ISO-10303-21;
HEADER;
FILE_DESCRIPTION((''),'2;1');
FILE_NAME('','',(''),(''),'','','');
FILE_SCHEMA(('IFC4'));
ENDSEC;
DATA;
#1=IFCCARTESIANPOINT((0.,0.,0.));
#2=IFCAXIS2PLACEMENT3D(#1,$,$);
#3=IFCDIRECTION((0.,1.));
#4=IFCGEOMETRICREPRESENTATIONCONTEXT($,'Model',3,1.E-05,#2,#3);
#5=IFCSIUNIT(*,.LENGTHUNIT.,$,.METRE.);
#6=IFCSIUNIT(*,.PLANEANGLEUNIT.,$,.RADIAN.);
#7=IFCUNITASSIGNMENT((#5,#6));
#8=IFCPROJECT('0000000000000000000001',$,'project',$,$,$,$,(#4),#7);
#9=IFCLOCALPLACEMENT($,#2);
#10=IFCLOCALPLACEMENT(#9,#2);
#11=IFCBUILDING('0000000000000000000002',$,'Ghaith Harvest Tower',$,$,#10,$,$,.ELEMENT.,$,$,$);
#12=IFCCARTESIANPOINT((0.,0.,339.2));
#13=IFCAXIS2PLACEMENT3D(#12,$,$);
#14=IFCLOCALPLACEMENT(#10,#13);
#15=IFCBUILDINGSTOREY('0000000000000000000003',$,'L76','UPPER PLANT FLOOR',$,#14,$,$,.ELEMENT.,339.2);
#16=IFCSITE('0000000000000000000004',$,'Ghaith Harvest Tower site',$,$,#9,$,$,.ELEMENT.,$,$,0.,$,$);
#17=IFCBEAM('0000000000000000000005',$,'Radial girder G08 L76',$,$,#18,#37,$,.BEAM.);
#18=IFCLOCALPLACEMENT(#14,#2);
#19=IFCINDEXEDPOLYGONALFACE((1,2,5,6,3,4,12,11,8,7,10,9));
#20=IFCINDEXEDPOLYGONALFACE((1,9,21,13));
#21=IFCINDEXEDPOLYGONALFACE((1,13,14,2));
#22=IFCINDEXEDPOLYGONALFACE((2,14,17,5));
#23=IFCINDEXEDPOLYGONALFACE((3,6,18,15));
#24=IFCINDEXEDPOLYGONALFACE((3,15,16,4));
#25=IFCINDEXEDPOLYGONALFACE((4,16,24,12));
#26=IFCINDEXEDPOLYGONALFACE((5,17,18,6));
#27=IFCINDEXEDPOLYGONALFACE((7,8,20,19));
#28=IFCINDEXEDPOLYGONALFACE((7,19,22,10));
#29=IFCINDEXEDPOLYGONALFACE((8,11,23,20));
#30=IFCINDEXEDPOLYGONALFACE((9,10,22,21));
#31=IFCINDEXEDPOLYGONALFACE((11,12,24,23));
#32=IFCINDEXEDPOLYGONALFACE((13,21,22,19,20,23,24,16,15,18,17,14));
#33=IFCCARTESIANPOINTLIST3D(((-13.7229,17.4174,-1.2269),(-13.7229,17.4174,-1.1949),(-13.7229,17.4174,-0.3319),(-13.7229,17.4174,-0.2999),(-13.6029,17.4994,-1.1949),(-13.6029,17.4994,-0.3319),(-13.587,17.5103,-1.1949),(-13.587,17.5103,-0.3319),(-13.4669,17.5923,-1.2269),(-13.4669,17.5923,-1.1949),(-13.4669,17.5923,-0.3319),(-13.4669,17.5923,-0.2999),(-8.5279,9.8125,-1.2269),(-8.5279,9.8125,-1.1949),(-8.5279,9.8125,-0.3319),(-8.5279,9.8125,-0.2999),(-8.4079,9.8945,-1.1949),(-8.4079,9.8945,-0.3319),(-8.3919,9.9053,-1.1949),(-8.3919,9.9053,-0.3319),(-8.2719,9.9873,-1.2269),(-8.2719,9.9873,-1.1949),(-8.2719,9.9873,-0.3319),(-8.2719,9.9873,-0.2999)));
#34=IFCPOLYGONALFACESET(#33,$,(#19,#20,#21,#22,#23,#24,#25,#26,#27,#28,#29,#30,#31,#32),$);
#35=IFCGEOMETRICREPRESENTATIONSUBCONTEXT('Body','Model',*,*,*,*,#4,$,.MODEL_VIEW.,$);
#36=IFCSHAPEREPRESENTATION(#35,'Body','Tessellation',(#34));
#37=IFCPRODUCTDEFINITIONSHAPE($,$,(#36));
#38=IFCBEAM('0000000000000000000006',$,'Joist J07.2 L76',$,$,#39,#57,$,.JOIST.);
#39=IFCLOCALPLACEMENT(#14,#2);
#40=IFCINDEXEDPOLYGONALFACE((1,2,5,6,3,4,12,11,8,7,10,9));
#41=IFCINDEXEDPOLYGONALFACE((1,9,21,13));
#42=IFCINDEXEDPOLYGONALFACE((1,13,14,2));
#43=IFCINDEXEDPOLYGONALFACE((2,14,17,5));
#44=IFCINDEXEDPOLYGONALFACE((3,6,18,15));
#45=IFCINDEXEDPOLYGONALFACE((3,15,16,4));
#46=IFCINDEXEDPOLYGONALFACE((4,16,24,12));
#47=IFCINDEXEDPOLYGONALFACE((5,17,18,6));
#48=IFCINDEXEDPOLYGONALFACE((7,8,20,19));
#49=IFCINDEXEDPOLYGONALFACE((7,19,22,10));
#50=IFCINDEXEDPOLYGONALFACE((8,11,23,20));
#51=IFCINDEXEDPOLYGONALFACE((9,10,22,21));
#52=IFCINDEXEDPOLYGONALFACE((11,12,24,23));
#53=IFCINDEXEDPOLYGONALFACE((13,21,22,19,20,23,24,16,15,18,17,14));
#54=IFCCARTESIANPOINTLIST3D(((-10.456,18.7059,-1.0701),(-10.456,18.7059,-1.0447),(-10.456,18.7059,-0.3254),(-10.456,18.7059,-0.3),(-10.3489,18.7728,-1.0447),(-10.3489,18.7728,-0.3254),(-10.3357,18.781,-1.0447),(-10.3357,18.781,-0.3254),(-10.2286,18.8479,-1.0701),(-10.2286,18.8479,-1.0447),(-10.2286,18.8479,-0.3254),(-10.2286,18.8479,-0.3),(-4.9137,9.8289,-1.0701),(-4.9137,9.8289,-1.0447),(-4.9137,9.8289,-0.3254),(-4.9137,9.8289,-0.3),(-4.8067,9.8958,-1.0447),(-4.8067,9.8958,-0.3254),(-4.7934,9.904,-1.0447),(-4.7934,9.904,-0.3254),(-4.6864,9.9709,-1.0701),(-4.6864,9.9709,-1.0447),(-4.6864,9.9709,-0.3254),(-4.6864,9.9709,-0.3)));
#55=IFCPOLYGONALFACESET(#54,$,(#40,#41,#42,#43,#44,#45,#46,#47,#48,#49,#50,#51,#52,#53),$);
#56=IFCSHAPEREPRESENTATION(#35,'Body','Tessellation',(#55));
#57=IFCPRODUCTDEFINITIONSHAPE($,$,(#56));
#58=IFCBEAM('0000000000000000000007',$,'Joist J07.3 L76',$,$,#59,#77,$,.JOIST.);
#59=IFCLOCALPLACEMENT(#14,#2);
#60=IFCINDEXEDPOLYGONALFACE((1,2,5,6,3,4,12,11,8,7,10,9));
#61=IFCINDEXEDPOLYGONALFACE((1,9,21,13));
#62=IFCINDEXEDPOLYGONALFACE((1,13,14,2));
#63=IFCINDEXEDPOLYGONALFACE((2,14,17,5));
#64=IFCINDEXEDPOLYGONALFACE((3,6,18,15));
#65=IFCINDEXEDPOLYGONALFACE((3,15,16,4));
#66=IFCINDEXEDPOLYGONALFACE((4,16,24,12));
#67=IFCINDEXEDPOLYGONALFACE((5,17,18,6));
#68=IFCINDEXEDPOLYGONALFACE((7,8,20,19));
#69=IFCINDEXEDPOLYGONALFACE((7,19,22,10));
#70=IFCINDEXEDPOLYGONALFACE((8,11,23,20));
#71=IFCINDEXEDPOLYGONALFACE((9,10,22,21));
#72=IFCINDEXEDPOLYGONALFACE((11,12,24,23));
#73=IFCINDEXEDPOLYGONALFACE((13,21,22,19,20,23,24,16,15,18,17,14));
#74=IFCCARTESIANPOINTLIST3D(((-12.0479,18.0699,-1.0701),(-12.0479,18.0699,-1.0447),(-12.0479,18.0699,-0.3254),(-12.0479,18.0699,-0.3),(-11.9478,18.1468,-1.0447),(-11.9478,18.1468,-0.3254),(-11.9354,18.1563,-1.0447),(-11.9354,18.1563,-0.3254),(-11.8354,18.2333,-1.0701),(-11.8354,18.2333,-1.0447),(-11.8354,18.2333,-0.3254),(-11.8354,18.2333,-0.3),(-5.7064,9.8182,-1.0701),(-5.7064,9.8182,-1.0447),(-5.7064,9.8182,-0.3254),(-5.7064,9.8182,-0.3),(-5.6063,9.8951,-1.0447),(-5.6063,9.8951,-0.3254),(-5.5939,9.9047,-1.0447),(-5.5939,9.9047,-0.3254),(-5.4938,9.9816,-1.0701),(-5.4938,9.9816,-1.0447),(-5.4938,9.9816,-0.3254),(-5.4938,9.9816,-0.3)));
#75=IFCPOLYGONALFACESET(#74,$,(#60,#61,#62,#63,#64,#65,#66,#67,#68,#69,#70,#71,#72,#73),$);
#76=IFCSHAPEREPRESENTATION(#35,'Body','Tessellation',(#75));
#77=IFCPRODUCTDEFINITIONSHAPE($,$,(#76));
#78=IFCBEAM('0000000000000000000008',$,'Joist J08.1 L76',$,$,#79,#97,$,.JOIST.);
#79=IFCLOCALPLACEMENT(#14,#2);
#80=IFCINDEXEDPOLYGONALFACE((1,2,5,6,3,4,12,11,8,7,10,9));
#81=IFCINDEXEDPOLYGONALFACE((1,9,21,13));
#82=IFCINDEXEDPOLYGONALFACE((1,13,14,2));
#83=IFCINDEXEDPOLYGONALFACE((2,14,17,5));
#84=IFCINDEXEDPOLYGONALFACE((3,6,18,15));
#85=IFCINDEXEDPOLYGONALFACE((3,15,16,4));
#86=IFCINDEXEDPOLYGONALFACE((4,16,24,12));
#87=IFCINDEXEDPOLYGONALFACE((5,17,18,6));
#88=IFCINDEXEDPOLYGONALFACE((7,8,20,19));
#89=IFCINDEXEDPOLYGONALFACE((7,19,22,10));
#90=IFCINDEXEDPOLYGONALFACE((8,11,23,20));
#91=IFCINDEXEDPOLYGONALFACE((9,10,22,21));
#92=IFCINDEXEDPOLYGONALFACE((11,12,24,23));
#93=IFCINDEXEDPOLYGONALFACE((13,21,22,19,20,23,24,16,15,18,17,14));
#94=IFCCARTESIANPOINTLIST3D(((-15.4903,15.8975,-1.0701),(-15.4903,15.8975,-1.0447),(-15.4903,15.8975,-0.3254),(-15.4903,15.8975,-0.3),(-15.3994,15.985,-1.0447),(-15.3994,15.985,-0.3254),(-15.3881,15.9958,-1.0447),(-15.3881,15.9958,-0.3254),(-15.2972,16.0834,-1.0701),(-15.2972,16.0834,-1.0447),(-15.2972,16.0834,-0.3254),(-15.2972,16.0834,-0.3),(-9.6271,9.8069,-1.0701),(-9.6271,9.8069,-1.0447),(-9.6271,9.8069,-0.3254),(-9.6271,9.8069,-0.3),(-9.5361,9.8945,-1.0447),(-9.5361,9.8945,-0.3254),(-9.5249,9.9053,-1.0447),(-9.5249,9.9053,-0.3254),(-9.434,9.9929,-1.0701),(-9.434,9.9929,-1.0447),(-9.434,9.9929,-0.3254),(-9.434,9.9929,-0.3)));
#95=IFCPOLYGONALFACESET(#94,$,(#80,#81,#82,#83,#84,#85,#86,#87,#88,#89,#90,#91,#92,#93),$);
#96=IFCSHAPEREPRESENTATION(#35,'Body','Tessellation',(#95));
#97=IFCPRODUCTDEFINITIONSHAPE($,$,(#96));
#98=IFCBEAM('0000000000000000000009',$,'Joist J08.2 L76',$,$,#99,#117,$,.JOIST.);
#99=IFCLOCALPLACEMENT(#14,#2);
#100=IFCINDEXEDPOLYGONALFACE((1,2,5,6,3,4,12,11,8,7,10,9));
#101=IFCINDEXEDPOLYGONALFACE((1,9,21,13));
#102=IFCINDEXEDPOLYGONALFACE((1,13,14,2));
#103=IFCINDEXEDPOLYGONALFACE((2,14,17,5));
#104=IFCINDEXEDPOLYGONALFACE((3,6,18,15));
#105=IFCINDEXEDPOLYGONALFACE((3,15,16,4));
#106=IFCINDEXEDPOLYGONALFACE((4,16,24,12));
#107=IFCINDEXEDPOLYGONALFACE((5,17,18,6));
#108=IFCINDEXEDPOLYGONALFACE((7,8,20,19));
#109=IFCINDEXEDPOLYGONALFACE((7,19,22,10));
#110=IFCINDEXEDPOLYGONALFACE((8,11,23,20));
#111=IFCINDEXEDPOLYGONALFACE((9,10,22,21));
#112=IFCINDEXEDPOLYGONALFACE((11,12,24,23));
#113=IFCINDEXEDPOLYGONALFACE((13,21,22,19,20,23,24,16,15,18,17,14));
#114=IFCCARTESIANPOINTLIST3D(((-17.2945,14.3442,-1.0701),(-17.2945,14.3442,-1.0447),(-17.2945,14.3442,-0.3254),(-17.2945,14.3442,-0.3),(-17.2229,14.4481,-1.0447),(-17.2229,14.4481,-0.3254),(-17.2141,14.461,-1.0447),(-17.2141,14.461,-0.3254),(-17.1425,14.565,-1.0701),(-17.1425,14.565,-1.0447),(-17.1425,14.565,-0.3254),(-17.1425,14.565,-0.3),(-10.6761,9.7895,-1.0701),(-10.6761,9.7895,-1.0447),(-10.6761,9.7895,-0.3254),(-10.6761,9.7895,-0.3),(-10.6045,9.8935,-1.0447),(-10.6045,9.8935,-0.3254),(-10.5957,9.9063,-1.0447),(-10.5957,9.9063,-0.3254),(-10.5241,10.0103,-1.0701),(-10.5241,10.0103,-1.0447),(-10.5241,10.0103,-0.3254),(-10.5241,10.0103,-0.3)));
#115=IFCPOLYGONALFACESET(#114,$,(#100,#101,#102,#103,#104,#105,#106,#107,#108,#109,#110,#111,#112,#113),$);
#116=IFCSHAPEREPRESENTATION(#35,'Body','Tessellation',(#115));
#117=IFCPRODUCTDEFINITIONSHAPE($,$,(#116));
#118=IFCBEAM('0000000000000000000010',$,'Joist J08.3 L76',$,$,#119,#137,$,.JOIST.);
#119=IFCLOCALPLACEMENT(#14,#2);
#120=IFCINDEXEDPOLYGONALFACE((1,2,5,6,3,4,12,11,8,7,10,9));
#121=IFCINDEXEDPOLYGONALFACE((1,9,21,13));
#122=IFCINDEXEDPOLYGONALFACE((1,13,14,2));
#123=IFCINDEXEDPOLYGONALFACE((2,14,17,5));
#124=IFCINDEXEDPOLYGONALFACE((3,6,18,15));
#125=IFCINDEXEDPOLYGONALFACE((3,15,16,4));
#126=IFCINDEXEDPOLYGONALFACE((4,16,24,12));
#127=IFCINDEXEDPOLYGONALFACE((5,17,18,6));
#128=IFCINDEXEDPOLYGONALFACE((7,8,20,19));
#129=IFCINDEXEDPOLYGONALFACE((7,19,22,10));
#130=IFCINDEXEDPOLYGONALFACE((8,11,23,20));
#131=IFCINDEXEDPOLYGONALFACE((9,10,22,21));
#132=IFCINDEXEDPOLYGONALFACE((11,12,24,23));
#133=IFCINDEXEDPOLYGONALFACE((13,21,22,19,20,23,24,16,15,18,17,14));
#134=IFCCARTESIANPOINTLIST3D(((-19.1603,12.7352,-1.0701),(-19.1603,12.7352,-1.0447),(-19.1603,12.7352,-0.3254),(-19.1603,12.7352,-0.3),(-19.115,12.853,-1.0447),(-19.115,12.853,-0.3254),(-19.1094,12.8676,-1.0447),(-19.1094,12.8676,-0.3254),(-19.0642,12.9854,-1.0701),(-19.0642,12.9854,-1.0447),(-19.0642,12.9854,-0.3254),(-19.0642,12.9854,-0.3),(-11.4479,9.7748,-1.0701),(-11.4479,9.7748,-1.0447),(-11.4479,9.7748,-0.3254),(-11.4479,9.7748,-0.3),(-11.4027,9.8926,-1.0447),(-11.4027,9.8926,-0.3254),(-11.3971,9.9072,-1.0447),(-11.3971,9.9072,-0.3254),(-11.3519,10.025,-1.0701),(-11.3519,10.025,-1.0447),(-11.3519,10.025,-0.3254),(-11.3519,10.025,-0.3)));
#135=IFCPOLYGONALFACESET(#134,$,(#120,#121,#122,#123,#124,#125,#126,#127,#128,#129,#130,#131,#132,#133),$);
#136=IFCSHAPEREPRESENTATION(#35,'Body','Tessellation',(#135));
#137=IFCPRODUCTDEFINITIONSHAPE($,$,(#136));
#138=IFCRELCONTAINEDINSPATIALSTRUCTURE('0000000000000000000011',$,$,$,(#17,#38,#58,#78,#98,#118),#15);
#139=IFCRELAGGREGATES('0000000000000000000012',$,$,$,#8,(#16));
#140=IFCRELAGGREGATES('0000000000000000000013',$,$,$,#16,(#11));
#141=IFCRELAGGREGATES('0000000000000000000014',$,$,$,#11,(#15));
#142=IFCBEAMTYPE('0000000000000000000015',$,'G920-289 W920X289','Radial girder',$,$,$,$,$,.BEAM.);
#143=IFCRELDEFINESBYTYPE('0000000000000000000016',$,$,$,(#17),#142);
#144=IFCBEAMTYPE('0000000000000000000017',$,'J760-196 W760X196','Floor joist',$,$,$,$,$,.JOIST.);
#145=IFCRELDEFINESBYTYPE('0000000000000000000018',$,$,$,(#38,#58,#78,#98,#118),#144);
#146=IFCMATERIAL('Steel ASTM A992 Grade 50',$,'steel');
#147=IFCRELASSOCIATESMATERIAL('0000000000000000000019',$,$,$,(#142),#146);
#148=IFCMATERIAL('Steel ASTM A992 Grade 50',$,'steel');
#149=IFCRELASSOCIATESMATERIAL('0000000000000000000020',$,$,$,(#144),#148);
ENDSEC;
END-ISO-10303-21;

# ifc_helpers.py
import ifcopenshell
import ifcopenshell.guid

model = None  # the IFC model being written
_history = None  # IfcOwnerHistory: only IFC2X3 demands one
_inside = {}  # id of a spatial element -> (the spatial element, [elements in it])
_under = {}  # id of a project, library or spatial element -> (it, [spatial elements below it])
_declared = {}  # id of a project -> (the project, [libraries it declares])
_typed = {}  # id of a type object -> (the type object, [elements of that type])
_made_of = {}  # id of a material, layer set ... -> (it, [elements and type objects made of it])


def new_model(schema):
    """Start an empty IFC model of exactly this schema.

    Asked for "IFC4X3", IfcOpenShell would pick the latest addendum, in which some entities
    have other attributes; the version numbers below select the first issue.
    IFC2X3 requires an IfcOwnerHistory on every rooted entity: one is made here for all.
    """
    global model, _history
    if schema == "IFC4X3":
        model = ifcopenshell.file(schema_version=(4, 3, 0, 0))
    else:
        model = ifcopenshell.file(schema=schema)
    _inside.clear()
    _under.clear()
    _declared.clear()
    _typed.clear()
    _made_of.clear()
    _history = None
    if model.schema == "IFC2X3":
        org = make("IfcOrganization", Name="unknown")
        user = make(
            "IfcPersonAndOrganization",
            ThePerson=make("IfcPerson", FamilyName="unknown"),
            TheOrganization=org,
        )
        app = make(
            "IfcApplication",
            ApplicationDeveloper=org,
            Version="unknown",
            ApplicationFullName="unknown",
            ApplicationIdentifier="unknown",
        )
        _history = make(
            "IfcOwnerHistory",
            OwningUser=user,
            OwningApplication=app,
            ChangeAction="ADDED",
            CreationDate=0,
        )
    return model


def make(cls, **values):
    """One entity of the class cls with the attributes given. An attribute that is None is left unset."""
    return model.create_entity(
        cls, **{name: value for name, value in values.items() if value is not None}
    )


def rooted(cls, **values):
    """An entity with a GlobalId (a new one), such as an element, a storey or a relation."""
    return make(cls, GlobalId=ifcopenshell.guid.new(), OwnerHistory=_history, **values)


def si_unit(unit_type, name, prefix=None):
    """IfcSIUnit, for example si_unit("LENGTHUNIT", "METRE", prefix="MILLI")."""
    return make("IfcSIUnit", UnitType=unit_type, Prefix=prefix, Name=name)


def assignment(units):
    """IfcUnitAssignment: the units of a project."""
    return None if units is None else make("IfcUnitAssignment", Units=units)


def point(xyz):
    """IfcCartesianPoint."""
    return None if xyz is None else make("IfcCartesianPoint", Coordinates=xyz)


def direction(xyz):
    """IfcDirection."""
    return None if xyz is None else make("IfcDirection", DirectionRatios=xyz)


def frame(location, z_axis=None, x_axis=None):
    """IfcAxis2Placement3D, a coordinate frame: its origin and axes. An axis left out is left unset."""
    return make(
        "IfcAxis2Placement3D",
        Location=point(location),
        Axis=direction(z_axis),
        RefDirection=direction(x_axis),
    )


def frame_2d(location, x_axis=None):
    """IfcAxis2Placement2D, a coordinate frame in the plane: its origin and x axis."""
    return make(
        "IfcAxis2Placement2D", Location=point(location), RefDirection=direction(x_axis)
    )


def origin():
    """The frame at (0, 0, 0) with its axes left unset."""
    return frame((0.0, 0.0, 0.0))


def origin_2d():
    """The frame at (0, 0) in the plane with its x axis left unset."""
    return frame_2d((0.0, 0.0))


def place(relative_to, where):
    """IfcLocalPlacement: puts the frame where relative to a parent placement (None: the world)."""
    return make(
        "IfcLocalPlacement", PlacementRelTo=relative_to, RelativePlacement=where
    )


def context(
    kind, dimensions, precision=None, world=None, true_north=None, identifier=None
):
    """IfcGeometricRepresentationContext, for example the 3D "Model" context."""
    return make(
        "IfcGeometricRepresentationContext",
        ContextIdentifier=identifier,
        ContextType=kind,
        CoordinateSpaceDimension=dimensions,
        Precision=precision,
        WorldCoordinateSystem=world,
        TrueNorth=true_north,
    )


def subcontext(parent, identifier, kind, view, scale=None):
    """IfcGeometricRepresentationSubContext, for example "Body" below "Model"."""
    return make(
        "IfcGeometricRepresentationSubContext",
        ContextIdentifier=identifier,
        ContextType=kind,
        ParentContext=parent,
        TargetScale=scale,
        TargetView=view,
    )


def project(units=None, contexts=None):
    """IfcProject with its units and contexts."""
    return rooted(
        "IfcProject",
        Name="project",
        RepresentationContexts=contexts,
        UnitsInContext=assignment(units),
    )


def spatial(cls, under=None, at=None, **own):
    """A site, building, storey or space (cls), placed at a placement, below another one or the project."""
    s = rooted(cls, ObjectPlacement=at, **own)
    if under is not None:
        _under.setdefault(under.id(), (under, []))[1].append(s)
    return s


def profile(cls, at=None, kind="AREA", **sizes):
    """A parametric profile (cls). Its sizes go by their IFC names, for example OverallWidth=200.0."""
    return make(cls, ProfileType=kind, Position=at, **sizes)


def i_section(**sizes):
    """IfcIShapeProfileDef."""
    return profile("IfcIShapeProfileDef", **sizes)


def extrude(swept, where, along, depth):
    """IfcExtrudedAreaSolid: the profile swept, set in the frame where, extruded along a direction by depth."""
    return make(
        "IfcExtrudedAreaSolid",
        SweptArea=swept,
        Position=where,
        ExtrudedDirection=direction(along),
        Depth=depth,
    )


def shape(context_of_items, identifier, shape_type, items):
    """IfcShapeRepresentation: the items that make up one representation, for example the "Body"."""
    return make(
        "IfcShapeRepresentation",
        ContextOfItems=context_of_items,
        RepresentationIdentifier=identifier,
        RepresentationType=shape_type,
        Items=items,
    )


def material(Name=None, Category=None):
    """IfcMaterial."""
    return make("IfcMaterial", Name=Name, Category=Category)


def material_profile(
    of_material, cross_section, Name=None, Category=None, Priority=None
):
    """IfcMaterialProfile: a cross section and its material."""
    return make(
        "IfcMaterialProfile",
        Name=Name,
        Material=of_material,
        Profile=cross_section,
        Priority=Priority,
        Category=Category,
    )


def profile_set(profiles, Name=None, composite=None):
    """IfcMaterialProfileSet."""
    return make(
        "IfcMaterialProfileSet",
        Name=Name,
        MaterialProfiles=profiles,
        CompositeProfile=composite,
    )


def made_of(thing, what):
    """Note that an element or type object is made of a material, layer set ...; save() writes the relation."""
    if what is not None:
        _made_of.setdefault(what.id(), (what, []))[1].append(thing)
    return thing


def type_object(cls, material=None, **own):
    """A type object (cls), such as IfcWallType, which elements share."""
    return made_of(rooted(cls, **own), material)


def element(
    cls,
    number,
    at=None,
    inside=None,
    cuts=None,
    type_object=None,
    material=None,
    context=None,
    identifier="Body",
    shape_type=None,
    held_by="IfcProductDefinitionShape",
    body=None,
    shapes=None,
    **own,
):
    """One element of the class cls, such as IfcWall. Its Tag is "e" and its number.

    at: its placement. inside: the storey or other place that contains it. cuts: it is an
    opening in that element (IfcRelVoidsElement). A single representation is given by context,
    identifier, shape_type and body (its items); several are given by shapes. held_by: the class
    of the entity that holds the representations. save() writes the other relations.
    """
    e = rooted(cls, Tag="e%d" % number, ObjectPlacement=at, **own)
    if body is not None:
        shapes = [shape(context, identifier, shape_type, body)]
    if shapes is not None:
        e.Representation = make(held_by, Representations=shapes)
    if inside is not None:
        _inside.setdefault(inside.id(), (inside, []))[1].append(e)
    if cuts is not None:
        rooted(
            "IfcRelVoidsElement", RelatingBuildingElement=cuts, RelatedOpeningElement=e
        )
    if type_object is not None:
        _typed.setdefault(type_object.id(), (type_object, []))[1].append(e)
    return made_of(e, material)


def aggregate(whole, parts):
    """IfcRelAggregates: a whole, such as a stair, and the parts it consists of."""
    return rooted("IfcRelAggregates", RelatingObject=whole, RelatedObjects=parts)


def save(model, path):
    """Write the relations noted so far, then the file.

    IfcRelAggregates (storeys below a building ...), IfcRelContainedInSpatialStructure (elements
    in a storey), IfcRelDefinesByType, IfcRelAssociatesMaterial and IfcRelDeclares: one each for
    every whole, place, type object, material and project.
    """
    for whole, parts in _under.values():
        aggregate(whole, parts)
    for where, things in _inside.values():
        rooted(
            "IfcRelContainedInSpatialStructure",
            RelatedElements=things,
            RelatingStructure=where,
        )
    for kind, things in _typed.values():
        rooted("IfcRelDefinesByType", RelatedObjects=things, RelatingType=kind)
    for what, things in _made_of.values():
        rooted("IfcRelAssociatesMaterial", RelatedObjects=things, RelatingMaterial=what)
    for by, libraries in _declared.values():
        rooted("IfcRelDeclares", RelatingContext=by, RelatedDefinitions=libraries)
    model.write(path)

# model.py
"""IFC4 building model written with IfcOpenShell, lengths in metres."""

from ifc_helpers import new_model, si_unit, direction, frame, origin, origin_2d, place, context, subcontext, project, spatial, i_section, extrude, material, material_profile, profile_set, type_object, element, save


model = new_model("IFC4")

# Units and contexts
model_context = context("Model", 3, precision=1e-05, world=origin(), true_north=direction((0.0, 1.0)))
body_context = subcontext(model_context, "Body", "Model", "MODEL_VIEW")
ifc_project = project(units=[si_unit("LENGTHUNIT", "METRE"), si_unit("PLANEANGLEUNIT", "RADIAN")], contexts=[model_context])

# Site, building, storey
site_placement = place(None, origin())
site = spatial("IfcSite", under=ifc_project, at=site_placement, Name="Ghaith Harvest Tower site", CompositionType="ELEMENT", RefElevation=0.0)
building_placement = place(site_placement, origin())
building = spatial("IfcBuilding", under=site, at=building_placement, Name="Ghaith Harvest Tower", CompositionType="ELEMENT")
storey_placement = place(building_placement, frame((0.0, 0.0, 339.2)))
storey = spatial("IfcBuildingStorey", under=building, at=storey_placement, Name="L76", Description="UPPER PLANT FLOOR", CompositionType="ELEMENT", Elevation=339.2)

# Beams
ifc_material_1 = material(Name="Steel ASTM A992 Grade 50", Category="steel")
ifc_material_profile_1 = material_profile(ifc_material_1, i_section(OverallWidth=0.3101, OverallDepth=0.927, WebThickness=0.0193, FlangeThickness=0.032, at=origin_2d()), Name="W920X289")
ifc_profile_set_1 = profile_set([ifc_material_profile_1], Name="Steel ASTM A992 Grade 50")
beam_type_1 = type_object("IfcBeamType", Name="G920-289 W920X289", Description="Radial girder", PredefinedType="BEAM", material=ifc_profile_set_1)
beam_1_placement = place(storey_placement, frame((-8.3999, 9.8999, -0.7634), z_axis=(-0.564067, 0.825729, 0.0), x_axis=(-0.825729, -0.564067, 0.0)))
element("IfcBeam", 1, at=beam_1_placement, inside=storey, type_object=beam_type_1, Name="Radial girder G08 L76", PredefinedType="BEAM", context=body_context, shape_type="SweptSolid", body=[
    extrude(i_section(OverallWidth=0.3101, OverallDepth=0.927, WebThickness=0.0193, FlangeThickness=0.032, at=origin_2d()), origin(), (0.0, 0.0, 1.0), 9.21),
])
ifc_material_2 = material(Name="Steel ASTM A992 Grade 50", Category="steel")
ifc_material_profile_2 = material_profile(ifc_material_2, i_section(OverallWidth=0.2681, OverallDepth=0.77, WebThickness=0.0156, FlangeThickness=0.0254, at=origin_2d()), Name="W760X196")
ifc_profile_set_2 = profile_set([ifc_material_profile_2], Name="Steel ASTM A992 Grade 50")
beam_type_2 = type_object("IfcBeamType", Name="J760-196 W760X196", Description="Floor joist", PredefinedType="JOIST", material=ifc_profile_set_2)
beam_2_placement = place(storey_placement, frame((-4.8, 9.8999, -0.6851), z_axis=(-0.529596, 0.84825, 0.0), x_axis=(-0.84825, -0.529596, 0.0)))
element("IfcBeam", 2, at=beam_2_placement, inside=storey, type_object=beam_type_2, Name="Joist J07.2 L76", PredefinedType="JOIST", context=body_context, shape_type="SweptSolid", body=[
    extrude(i_section(OverallWidth=0.2681, OverallDepth=0.77, WebThickness=0.0156, FlangeThickness=0.0254, at=origin_2d()), origin(), (0.0, 0.0, 1.0), 10.4651),
])
beam_3_placement = place(storey_placement, frame((-5.6001, 9.8999, -0.6851), z_axis=(-0.609354, 0.792899, 0.0), x_axis=(-0.792899, -0.609354, 0.0)))
element("IfcBeam", 3, at=beam_3_placement, inside=storey, type_object=beam_type_2, Name="Joist J07.3 L76", PredefinedType="JOIST", context=body_context, shape_type="SweptSolid", body=[
    extrude(i_section(OverallWidth=0.2681, OverallDepth=0.77, WebThickness=0.0156, FlangeThickness=0.0254, at=origin_2d()), origin(), (0.0, 0.0, 1.0), 10.407),
])
beam_4_placement = place(storey_placement, frame((-9.5305, 9.8999, -0.6851), z_axis=(-0.693536, 0.720422, 0.0), x_axis=(-0.720422, -0.693536, 0.0)))
element("IfcBeam", 4, at=beam_4_placement, inside=storey, type_object=beam_type_2, Name="Joist J08.1 L76", PredefinedType="JOIST", context=body_context, shape_type="SweptSolid", body=[
    extrude(i_section(OverallWidth=0.2681, OverallDepth=0.77, WebThickness=0.0156, FlangeThickness=0.0254, at=origin_2d()), origin(), (0.0, 0.0, 1.0), 8.4541),
])
beam_5_placement = place(storey_placement, frame((-10.6001, 9.8999, -0.6851), z_axis=(-0.823779, 0.566912, 0.0), x_axis=(-0.566912, -0.823779, 0.0)))
element("IfcBeam", 5, at=beam_5_placement, inside=storey, type_object=beam_type_2, Name="Joist J08.2 L76", PredefinedType="JOIST", context=body_context, shape_type="SweptSolid", body=[
    extrude(i_section(OverallWidth=0.2681, OverallDepth=0.77, WebThickness=0.0156, FlangeThickness=0.0254, at=origin_2d()), origin(), (0.0, 0.0, 1.0), 8.0342),
])
beam_6_placement = place(storey_placement, frame((-11.3999, 9.8999, -0.6851), z_axis=(-0.933583, 0.358361, 0.0), x_axis=(-0.358361, -0.933583, 0.0)))
element("IfcBeam", 6, at=beam_6_placement, inside=storey, type_object=beam_type_2, Name="Joist J08.3 L76", PredefinedType="JOIST", context=body_context, shape_type="SweptSolid", body=[
    extrude(i_section(OverallWidth=0.2681, OverallDepth=0.77, WebThickness=0.0156, FlangeThickness=0.0254, at=origin_2d()), origin(), (0.0, 0.0, 1.0), 8.261),
])

save(model, "model.ifc")
